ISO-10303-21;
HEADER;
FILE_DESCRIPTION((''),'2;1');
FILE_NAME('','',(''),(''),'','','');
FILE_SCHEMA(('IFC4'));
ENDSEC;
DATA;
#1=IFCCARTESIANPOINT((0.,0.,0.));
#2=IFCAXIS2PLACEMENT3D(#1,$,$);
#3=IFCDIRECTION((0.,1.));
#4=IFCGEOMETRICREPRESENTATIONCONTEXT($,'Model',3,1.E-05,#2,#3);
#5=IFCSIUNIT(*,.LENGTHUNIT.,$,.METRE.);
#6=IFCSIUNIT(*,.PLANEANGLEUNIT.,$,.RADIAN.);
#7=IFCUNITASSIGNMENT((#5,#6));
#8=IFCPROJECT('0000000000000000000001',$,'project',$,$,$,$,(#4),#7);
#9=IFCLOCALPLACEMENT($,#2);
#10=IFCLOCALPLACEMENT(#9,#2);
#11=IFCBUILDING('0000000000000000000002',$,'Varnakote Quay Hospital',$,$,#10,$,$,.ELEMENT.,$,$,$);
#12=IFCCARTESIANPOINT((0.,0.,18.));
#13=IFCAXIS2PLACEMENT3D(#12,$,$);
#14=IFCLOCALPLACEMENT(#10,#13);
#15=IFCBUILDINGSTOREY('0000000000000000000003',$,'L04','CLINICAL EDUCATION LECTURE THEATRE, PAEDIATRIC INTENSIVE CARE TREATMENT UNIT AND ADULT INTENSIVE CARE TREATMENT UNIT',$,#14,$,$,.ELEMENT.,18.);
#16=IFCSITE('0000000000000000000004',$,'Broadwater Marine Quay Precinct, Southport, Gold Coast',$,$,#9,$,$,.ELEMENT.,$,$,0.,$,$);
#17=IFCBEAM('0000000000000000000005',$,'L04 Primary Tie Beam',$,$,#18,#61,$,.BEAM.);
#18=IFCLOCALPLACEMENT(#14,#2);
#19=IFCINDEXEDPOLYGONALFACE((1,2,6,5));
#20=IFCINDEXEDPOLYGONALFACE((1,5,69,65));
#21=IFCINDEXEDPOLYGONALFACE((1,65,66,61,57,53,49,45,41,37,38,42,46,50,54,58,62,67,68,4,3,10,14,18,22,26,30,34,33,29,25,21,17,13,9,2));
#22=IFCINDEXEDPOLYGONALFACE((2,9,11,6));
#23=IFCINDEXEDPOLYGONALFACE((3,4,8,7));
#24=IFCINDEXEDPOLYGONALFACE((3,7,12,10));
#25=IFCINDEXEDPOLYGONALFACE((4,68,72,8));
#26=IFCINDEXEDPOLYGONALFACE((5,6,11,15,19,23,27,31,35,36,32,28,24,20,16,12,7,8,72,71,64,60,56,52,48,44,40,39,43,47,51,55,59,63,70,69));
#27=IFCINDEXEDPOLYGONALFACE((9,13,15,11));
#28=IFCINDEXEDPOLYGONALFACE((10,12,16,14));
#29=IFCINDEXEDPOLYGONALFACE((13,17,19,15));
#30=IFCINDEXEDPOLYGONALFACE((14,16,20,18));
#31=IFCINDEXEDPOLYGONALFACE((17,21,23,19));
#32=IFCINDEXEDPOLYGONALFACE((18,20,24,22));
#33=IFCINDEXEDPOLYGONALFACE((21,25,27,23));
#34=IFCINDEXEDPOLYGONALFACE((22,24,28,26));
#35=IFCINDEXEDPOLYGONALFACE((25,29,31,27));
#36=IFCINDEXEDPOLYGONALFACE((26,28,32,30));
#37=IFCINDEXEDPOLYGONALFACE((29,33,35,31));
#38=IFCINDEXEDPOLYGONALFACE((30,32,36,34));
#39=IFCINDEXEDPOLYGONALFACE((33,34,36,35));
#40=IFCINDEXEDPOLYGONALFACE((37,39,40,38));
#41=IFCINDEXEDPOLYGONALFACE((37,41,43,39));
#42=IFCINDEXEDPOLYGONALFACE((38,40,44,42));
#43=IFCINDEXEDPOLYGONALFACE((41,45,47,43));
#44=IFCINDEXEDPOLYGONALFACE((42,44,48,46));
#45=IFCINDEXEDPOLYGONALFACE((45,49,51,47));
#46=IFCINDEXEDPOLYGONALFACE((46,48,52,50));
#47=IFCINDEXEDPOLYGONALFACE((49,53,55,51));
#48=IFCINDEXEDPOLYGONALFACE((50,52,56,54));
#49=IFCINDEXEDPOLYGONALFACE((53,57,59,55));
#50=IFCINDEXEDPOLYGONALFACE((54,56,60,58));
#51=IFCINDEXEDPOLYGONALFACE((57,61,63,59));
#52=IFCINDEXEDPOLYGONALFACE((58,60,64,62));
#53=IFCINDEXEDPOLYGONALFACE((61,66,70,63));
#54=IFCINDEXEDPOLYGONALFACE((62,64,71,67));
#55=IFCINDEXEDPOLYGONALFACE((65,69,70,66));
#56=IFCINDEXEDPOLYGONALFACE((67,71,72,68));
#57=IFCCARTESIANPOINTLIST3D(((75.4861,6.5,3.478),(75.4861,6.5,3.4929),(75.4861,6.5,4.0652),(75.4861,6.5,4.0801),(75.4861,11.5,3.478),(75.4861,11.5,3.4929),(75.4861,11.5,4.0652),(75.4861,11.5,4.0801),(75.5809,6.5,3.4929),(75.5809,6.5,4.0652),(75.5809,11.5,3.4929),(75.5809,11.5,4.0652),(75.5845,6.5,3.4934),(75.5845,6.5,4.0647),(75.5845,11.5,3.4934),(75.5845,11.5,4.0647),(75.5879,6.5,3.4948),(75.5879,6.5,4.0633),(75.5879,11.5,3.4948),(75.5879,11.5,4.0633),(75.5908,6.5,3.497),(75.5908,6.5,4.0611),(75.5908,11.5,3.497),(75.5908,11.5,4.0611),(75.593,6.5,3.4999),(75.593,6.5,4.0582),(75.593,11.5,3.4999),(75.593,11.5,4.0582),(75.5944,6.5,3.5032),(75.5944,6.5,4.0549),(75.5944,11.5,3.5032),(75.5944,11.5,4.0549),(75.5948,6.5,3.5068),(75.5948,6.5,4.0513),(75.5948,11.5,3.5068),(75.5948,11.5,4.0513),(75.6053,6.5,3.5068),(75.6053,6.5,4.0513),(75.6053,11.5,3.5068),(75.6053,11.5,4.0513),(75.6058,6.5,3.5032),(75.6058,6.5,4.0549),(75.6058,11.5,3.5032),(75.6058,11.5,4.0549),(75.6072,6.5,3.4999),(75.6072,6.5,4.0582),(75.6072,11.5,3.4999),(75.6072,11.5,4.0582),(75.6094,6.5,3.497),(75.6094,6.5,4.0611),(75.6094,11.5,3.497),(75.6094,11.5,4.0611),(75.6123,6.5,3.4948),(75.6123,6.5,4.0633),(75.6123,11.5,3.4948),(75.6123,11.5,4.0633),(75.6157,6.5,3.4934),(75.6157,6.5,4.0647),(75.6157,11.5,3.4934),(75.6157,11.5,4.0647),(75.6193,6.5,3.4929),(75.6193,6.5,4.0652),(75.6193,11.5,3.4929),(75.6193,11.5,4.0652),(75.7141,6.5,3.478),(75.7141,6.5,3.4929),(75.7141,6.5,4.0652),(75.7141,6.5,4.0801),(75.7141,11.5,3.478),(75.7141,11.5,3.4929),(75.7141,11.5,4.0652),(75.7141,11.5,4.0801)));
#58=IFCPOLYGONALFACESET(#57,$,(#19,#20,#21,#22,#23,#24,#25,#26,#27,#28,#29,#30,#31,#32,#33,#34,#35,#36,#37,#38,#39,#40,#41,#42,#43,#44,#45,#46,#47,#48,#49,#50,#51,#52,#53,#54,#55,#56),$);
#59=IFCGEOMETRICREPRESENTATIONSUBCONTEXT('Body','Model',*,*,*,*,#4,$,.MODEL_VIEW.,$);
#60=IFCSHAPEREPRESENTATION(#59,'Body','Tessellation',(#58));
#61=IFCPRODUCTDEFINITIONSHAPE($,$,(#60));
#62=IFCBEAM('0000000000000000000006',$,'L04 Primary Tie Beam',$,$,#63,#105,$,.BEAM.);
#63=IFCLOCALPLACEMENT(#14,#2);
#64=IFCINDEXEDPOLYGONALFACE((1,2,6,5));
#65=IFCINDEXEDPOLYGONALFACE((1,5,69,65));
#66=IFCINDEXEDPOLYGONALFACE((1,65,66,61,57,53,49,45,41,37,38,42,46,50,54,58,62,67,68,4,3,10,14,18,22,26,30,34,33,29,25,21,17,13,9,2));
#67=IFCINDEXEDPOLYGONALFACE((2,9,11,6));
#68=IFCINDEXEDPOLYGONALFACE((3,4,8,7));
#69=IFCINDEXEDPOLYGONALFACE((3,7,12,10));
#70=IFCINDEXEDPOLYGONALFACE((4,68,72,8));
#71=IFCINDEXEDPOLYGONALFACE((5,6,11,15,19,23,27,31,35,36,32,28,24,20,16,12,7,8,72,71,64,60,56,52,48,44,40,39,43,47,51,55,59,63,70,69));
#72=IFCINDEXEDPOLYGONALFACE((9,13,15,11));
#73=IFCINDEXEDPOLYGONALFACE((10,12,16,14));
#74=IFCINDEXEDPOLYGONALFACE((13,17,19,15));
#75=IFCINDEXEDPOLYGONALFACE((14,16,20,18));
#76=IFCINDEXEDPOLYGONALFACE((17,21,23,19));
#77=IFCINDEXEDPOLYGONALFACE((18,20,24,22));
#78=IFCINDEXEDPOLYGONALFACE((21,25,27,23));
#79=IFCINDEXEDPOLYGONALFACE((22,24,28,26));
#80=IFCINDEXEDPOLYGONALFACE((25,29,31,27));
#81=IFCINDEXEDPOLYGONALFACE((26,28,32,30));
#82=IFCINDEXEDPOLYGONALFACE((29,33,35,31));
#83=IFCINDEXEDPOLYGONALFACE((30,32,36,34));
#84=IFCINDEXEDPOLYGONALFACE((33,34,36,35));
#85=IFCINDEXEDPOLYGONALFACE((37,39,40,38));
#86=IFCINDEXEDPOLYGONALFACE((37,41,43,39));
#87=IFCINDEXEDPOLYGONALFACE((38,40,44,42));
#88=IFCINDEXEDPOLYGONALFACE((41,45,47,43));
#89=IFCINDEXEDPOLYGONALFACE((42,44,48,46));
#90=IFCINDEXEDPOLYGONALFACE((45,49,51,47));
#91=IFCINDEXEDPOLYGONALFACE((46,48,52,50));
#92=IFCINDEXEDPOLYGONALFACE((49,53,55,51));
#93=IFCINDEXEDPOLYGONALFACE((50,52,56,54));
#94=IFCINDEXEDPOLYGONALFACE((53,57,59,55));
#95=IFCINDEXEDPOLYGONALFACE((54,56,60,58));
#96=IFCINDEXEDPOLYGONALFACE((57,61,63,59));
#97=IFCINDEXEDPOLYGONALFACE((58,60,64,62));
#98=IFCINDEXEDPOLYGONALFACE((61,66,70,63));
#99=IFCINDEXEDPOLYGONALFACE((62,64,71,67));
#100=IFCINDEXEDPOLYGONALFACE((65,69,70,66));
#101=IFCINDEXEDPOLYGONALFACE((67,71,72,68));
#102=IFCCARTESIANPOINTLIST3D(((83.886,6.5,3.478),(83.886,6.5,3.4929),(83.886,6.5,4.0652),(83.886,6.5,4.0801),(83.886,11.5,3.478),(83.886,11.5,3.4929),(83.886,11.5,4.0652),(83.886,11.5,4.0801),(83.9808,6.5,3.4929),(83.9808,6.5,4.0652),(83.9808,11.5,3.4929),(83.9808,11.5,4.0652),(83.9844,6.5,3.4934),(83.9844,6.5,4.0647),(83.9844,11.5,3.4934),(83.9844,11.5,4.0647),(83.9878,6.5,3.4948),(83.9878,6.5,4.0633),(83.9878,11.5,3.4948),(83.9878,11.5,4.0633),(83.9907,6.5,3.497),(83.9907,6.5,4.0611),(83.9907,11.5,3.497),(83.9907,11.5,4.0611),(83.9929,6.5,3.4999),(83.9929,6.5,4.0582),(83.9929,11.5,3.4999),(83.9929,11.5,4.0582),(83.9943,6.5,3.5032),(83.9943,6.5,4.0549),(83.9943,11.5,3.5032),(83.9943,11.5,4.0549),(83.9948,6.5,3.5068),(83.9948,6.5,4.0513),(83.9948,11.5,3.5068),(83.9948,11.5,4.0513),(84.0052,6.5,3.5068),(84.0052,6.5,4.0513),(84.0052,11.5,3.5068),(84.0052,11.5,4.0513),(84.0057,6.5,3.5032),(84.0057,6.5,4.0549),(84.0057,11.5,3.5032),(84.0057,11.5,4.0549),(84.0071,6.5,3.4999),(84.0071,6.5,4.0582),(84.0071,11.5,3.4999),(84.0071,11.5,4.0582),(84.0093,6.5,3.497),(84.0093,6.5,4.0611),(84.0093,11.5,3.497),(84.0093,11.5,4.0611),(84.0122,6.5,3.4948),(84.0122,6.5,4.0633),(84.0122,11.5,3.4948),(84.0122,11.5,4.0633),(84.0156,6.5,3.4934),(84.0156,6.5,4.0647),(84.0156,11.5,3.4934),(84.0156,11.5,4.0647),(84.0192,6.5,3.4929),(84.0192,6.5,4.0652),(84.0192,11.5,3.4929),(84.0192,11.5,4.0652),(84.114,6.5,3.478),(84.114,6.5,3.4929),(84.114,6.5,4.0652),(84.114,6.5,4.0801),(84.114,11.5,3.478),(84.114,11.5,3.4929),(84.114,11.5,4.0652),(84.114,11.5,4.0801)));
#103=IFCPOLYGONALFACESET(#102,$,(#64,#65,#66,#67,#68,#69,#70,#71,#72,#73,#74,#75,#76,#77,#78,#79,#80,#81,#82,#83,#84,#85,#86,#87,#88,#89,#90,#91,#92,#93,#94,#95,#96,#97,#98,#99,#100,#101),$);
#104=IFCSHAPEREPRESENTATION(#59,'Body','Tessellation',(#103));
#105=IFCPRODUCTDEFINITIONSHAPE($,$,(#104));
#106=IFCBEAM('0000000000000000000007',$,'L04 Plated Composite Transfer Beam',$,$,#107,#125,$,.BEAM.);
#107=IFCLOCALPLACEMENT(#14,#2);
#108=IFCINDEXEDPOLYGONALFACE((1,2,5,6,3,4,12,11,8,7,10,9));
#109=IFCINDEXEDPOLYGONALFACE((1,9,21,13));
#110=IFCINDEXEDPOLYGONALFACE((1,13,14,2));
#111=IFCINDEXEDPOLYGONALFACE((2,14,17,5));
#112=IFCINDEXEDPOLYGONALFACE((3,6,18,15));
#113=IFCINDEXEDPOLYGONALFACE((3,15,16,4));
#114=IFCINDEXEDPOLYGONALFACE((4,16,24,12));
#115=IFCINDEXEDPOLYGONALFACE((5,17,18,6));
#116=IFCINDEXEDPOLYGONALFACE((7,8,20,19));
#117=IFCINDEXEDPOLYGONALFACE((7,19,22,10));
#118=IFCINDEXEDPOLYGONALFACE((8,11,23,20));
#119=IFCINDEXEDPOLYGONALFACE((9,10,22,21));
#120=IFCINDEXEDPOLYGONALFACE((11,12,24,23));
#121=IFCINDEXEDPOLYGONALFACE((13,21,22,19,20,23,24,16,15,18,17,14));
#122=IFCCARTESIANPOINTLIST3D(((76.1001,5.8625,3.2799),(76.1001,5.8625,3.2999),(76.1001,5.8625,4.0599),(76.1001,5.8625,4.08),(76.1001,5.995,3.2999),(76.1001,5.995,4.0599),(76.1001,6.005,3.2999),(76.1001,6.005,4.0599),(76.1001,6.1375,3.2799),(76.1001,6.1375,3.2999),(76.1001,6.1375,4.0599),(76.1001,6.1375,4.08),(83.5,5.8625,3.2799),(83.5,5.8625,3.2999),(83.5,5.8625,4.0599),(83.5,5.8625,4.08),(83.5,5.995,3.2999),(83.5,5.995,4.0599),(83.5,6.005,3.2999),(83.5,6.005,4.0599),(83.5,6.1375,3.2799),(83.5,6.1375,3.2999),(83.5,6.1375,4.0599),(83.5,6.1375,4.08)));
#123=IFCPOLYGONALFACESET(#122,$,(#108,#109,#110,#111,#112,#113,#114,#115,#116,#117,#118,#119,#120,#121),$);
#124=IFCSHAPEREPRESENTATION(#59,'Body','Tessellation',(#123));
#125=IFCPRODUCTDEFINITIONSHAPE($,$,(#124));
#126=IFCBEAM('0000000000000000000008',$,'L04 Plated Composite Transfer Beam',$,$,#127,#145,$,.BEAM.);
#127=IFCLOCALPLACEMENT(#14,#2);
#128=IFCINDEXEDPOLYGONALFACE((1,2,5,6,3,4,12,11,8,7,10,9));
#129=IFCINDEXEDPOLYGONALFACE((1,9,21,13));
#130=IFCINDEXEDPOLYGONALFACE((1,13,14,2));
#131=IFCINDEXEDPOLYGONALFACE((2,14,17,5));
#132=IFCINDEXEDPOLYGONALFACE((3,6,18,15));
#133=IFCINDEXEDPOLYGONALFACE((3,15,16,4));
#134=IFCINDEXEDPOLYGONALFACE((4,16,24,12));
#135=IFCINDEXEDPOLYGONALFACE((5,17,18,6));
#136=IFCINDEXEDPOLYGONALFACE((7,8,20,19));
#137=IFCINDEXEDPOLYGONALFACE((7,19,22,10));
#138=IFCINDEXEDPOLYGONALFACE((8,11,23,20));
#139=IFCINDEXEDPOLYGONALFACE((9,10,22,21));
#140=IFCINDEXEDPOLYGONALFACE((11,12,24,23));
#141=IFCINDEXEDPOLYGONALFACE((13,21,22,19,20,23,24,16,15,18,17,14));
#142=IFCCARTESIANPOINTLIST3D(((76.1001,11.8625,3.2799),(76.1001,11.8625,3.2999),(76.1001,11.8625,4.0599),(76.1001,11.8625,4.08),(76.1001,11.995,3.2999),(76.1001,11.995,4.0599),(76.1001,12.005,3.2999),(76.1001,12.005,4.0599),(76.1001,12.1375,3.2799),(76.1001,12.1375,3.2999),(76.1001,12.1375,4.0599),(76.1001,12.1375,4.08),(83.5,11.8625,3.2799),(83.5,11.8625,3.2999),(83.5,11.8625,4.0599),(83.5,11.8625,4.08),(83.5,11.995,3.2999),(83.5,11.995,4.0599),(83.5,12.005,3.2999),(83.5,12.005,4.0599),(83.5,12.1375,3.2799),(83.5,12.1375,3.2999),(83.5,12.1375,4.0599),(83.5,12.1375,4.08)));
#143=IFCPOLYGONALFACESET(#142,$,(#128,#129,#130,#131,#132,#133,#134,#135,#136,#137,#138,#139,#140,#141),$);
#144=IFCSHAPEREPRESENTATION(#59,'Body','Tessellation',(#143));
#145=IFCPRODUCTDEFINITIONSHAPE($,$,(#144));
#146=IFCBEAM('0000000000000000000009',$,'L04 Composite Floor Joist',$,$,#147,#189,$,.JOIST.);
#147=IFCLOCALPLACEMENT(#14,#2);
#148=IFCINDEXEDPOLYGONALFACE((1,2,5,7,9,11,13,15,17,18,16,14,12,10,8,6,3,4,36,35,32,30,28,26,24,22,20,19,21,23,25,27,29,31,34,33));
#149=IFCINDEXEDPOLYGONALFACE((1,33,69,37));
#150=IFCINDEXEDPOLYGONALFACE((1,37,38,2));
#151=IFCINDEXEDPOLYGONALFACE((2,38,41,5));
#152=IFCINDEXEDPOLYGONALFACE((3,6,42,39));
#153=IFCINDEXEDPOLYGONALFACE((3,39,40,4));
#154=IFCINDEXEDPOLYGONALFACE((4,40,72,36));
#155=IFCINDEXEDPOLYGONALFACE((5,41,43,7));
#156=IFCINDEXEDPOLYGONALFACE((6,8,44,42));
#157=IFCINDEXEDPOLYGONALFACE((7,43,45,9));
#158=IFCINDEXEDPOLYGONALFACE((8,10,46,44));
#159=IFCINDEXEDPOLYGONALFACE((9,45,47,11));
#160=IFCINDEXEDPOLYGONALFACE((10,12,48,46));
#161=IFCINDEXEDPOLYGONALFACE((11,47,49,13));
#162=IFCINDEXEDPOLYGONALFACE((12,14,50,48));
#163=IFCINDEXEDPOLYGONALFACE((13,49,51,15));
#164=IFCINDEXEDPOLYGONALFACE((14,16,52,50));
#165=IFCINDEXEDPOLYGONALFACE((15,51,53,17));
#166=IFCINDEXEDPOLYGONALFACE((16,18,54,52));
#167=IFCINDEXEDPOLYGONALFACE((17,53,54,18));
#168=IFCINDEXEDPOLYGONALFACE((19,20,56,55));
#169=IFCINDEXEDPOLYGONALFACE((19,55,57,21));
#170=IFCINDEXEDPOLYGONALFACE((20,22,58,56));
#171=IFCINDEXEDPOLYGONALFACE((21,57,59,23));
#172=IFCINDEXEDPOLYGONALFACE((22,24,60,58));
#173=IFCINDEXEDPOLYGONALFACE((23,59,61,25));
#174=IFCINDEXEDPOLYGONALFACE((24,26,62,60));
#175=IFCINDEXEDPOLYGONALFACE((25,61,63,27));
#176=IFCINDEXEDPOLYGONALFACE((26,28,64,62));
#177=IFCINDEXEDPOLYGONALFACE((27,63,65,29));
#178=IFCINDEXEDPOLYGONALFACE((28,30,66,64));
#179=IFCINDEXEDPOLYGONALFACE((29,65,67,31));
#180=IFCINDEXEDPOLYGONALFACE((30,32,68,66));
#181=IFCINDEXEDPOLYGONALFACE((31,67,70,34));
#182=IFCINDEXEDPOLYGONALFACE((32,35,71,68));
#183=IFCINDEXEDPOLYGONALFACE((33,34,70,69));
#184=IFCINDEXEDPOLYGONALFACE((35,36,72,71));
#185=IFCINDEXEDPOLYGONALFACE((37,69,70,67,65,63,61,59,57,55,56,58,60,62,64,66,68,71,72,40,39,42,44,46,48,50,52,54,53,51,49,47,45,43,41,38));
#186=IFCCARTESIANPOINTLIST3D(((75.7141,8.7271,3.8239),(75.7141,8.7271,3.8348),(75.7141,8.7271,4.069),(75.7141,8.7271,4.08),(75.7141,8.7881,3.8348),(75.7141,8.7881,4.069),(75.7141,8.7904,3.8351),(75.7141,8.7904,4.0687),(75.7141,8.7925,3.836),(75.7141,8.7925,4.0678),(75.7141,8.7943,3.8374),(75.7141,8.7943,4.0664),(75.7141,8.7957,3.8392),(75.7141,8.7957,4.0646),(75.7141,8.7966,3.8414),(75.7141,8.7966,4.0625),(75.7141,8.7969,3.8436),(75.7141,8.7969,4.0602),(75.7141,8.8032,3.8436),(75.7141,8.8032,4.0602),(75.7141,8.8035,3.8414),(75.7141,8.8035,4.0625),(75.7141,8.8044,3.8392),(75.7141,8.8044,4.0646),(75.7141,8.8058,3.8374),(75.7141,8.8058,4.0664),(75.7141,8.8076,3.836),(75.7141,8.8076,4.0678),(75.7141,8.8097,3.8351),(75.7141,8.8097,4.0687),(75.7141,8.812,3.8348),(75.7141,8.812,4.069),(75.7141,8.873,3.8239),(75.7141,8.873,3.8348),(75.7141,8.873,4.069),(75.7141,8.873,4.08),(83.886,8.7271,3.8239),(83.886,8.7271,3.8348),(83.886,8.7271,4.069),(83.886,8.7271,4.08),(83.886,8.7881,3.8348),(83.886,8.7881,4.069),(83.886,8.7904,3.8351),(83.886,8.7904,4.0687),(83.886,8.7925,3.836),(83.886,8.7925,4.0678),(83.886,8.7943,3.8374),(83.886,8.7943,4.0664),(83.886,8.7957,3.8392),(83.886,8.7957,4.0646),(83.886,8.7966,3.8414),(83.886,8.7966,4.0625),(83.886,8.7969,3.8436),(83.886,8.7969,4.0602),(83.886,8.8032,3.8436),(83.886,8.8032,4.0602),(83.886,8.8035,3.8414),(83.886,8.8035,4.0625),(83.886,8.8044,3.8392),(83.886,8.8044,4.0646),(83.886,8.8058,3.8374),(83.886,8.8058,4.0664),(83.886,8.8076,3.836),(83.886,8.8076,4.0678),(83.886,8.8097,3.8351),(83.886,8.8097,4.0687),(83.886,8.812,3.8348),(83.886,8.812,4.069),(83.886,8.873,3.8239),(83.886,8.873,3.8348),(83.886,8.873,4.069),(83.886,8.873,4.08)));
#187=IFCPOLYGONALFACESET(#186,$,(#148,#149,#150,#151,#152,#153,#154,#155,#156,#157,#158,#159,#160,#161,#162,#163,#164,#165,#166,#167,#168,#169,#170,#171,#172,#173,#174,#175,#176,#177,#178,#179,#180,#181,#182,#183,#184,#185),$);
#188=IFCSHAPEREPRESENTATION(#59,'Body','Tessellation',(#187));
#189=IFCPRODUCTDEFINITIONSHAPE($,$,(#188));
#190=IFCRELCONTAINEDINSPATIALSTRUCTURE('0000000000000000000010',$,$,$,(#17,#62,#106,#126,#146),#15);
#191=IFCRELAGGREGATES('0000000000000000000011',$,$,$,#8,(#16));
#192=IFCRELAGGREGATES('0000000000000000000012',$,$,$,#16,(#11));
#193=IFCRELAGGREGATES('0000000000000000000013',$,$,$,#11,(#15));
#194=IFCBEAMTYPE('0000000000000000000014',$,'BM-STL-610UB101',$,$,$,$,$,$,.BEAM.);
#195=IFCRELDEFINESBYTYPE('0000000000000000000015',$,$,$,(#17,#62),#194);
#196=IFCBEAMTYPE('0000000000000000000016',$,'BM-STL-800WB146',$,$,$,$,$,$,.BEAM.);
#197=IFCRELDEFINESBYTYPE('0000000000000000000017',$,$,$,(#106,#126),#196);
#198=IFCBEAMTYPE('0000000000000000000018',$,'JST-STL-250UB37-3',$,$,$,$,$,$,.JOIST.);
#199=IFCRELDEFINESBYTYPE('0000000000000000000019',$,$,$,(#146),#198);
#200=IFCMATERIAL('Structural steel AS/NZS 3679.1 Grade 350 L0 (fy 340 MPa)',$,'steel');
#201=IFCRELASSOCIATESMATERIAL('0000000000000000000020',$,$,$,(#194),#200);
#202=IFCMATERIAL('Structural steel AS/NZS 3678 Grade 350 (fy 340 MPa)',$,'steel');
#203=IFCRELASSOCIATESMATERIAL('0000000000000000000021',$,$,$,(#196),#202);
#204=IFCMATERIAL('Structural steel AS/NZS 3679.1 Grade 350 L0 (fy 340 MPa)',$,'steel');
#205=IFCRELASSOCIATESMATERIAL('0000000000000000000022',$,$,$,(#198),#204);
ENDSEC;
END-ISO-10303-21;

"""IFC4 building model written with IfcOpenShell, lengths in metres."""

from ifc_helpers import new_model, si_unit, direction, frame, origin, origin_2d, place, context, subcontext, project, spatial, i_section, extrude, material, material_profile, profile_set, type_object, element, save


model = new_model("IFC4")

# Units and contexts
model_context = context("Model", 3, precision=1e-05, world=origin(), true_north=direction((0.0, 1.0)))
body_context = subcontext(model_context, "Body", "Model", "MODEL_VIEW")
ifc_project = project(units=[si_unit("LENGTHUNIT", "METRE"), si_unit("PLANEANGLEUNIT", "RADIAN")], contexts=[model_context])

# Site, building, storey
site_placement = place(None, origin())
site = spatial("IfcSite", under=ifc_project, at=site_placement, Name="Broadwater Marine Quay Precinct, Southport, Gold Coast", CompositionType="ELEMENT", RefElevation=0.0)
building_placement = place(site_placement, origin())
building = spatial("IfcBuilding", under=site, at=building_placement, Name="Varnakote Quay Hospital", CompositionType="ELEMENT")
storey_placement = place(building_placement, frame((0.0, 0.0, 18.0)))
storey = spatial("IfcBuildingStorey", under=building, at=storey_placement, Name="L04", Description="CLINICAL EDUCATION LECTURE THEATRE, PAEDIATRIC INTENSIVE CARE TREATMENT UNIT AND ADULT INTENSIVE CARE TREATMENT UNIT", CompositionType="ELEMENT", Elevation=18.0)

# Beams
ifc_material_1 = material(Name="Structural steel AS/NZS 3679.1 Grade 350 L0 (fy 340 MPa)", Category="steel")
ifc_material_profile_1 = material_profile(ifc_material_1, i_section(OverallWidth=0.228, OverallDepth=0.6021, WebThickness=0.0105, FlangeThickness=0.0149, FilletRadius=0.0139, at=origin_2d()), Name="610UB101")
ifc_profile_set_1 = profile_set([ifc_material_profile_1], Name="Structural steel AS/NZS 3679.1 Grade 350 L0 (fy 340 MPa)")
beam_type_1 = type_object("IfcBeamType", Name="BM-STL-610UB101", PredefinedType="BEAM", material=ifc_profile_set_1)
for number, where, z_axis, x_axis, name in (
    (1, (75.6001, 6.5, 3.7791), (0.0, 1.0, 0.0), (-1.0, 0.0, 0.0), "L04 Primary Tie Beam"),
    (2, (84.0, 6.5, 3.7791), (0.0, 1.0, 0.0), (-1.0, 0.0, 0.0), "L04 Primary Tie Beam"),
):
    element("IfcBeam", number, at=place(storey_placement, frame(where, z_axis=z_axis, x_axis=x_axis)), inside=storey, type_object=beam_type_1, Name=name, PredefinedType="BEAM", context=body_context, shape_type="SweptSolid", body=[
        extrude(i_section(OverallWidth=0.228, OverallDepth=0.6021, WebThickness=0.0105, FlangeThickness=0.0149, FilletRadius=0.0139, at=origin_2d()), origin(), (0.0, 0.0, 1.0), 5.0),
    ])
ifc_material_2 = material(Name="Structural steel AS/NZS 3678 Grade 350 (fy 340 MPa)", Category="steel")
ifc_material_profile_2 = material_profile(ifc_material_2, i_section(OverallWidth=0.2749, OverallDepth=0.8, WebThickness=0.01, FlangeThickness=0.02, at=origin_2d()), Name="800WB146")
ifc_profile_set_2 = profile_set([ifc_material_profile_2], Name="Structural steel AS/NZS 3678 Grade 350 (fy 340 MPa)")
beam_type_2 = type_object("IfcBeamType", Name="BM-STL-800WB146", PredefinedType="BEAM", material=ifc_profile_set_2)
for number, where, z_axis, x_axis, name in (
    (3, (76.1001, 6.0, 3.6799), (1.0, 0.0, 0.0), (0.0, 1.0, 0.0), "L04 Plated Composite Transfer Beam"),
    (4, (76.1001, 12.0, 3.6799), (1.0, 0.0, 0.0), (0.0, 1.0, 0.0), "L04 Plated Composite Transfer Beam"),
):
    element("IfcBeam", number, at=place(storey_placement, frame(where, z_axis=z_axis, x_axis=x_axis)), inside=storey, type_object=beam_type_2, Name=name, PredefinedType="BEAM", context=body_context, shape_type="SweptSolid", body=[
        extrude(i_section(OverallWidth=0.2749, OverallDepth=0.8, WebThickness=0.01, FlangeThickness=0.02, at=origin_2d()), origin(), (0.0, 0.0, 1.0), 7.3999),
    ])
ifc_material_3 = material(Name="Structural steel AS/NZS 3679.1 Grade 350 L0 (fy 340 MPa)", Category="steel")
ifc_material_profile_3 = material_profile(ifc_material_3, i_section(OverallWidth=0.146, OverallDepth=0.2561, WebThickness=0.0063, FlangeThickness=0.011, FilletRadius=0.0088, at=origin_2d()), Name="250UB37.3")
ifc_profile_set_3 = profile_set([ifc_material_profile_3], Name="Structural steel AS/NZS 3679.1 Grade 350 L0 (fy 340 MPa)")
beam_type_3 = type_object("IfcBeamType", Name="JST-STL-250UB37-3", PredefinedType="JOIST", material=ifc_profile_set_3)
beam_placement = place(storey_placement, frame((75.7141, 8.8, 3.9519), z_axis=(1.0, 0.0, 0.0), x_axis=(0.0, 1.0, 0.0)))
element("IfcBeam", 5, at=beam_placement, inside=storey, type_object=beam_type_3, Name="L04 Composite Floor Joist", PredefinedType="JOIST", context=body_context, shape_type="SweptSolid", body=[
    extrude(i_section(OverallWidth=0.146, OverallDepth=0.2561, WebThickness=0.0063, FlangeThickness=0.011, FilletRadius=0.0088, at=origin_2d()), origin(), (0.0, 0.0, 1.0), 8.1719),
])

save(model, "model.ifc")
